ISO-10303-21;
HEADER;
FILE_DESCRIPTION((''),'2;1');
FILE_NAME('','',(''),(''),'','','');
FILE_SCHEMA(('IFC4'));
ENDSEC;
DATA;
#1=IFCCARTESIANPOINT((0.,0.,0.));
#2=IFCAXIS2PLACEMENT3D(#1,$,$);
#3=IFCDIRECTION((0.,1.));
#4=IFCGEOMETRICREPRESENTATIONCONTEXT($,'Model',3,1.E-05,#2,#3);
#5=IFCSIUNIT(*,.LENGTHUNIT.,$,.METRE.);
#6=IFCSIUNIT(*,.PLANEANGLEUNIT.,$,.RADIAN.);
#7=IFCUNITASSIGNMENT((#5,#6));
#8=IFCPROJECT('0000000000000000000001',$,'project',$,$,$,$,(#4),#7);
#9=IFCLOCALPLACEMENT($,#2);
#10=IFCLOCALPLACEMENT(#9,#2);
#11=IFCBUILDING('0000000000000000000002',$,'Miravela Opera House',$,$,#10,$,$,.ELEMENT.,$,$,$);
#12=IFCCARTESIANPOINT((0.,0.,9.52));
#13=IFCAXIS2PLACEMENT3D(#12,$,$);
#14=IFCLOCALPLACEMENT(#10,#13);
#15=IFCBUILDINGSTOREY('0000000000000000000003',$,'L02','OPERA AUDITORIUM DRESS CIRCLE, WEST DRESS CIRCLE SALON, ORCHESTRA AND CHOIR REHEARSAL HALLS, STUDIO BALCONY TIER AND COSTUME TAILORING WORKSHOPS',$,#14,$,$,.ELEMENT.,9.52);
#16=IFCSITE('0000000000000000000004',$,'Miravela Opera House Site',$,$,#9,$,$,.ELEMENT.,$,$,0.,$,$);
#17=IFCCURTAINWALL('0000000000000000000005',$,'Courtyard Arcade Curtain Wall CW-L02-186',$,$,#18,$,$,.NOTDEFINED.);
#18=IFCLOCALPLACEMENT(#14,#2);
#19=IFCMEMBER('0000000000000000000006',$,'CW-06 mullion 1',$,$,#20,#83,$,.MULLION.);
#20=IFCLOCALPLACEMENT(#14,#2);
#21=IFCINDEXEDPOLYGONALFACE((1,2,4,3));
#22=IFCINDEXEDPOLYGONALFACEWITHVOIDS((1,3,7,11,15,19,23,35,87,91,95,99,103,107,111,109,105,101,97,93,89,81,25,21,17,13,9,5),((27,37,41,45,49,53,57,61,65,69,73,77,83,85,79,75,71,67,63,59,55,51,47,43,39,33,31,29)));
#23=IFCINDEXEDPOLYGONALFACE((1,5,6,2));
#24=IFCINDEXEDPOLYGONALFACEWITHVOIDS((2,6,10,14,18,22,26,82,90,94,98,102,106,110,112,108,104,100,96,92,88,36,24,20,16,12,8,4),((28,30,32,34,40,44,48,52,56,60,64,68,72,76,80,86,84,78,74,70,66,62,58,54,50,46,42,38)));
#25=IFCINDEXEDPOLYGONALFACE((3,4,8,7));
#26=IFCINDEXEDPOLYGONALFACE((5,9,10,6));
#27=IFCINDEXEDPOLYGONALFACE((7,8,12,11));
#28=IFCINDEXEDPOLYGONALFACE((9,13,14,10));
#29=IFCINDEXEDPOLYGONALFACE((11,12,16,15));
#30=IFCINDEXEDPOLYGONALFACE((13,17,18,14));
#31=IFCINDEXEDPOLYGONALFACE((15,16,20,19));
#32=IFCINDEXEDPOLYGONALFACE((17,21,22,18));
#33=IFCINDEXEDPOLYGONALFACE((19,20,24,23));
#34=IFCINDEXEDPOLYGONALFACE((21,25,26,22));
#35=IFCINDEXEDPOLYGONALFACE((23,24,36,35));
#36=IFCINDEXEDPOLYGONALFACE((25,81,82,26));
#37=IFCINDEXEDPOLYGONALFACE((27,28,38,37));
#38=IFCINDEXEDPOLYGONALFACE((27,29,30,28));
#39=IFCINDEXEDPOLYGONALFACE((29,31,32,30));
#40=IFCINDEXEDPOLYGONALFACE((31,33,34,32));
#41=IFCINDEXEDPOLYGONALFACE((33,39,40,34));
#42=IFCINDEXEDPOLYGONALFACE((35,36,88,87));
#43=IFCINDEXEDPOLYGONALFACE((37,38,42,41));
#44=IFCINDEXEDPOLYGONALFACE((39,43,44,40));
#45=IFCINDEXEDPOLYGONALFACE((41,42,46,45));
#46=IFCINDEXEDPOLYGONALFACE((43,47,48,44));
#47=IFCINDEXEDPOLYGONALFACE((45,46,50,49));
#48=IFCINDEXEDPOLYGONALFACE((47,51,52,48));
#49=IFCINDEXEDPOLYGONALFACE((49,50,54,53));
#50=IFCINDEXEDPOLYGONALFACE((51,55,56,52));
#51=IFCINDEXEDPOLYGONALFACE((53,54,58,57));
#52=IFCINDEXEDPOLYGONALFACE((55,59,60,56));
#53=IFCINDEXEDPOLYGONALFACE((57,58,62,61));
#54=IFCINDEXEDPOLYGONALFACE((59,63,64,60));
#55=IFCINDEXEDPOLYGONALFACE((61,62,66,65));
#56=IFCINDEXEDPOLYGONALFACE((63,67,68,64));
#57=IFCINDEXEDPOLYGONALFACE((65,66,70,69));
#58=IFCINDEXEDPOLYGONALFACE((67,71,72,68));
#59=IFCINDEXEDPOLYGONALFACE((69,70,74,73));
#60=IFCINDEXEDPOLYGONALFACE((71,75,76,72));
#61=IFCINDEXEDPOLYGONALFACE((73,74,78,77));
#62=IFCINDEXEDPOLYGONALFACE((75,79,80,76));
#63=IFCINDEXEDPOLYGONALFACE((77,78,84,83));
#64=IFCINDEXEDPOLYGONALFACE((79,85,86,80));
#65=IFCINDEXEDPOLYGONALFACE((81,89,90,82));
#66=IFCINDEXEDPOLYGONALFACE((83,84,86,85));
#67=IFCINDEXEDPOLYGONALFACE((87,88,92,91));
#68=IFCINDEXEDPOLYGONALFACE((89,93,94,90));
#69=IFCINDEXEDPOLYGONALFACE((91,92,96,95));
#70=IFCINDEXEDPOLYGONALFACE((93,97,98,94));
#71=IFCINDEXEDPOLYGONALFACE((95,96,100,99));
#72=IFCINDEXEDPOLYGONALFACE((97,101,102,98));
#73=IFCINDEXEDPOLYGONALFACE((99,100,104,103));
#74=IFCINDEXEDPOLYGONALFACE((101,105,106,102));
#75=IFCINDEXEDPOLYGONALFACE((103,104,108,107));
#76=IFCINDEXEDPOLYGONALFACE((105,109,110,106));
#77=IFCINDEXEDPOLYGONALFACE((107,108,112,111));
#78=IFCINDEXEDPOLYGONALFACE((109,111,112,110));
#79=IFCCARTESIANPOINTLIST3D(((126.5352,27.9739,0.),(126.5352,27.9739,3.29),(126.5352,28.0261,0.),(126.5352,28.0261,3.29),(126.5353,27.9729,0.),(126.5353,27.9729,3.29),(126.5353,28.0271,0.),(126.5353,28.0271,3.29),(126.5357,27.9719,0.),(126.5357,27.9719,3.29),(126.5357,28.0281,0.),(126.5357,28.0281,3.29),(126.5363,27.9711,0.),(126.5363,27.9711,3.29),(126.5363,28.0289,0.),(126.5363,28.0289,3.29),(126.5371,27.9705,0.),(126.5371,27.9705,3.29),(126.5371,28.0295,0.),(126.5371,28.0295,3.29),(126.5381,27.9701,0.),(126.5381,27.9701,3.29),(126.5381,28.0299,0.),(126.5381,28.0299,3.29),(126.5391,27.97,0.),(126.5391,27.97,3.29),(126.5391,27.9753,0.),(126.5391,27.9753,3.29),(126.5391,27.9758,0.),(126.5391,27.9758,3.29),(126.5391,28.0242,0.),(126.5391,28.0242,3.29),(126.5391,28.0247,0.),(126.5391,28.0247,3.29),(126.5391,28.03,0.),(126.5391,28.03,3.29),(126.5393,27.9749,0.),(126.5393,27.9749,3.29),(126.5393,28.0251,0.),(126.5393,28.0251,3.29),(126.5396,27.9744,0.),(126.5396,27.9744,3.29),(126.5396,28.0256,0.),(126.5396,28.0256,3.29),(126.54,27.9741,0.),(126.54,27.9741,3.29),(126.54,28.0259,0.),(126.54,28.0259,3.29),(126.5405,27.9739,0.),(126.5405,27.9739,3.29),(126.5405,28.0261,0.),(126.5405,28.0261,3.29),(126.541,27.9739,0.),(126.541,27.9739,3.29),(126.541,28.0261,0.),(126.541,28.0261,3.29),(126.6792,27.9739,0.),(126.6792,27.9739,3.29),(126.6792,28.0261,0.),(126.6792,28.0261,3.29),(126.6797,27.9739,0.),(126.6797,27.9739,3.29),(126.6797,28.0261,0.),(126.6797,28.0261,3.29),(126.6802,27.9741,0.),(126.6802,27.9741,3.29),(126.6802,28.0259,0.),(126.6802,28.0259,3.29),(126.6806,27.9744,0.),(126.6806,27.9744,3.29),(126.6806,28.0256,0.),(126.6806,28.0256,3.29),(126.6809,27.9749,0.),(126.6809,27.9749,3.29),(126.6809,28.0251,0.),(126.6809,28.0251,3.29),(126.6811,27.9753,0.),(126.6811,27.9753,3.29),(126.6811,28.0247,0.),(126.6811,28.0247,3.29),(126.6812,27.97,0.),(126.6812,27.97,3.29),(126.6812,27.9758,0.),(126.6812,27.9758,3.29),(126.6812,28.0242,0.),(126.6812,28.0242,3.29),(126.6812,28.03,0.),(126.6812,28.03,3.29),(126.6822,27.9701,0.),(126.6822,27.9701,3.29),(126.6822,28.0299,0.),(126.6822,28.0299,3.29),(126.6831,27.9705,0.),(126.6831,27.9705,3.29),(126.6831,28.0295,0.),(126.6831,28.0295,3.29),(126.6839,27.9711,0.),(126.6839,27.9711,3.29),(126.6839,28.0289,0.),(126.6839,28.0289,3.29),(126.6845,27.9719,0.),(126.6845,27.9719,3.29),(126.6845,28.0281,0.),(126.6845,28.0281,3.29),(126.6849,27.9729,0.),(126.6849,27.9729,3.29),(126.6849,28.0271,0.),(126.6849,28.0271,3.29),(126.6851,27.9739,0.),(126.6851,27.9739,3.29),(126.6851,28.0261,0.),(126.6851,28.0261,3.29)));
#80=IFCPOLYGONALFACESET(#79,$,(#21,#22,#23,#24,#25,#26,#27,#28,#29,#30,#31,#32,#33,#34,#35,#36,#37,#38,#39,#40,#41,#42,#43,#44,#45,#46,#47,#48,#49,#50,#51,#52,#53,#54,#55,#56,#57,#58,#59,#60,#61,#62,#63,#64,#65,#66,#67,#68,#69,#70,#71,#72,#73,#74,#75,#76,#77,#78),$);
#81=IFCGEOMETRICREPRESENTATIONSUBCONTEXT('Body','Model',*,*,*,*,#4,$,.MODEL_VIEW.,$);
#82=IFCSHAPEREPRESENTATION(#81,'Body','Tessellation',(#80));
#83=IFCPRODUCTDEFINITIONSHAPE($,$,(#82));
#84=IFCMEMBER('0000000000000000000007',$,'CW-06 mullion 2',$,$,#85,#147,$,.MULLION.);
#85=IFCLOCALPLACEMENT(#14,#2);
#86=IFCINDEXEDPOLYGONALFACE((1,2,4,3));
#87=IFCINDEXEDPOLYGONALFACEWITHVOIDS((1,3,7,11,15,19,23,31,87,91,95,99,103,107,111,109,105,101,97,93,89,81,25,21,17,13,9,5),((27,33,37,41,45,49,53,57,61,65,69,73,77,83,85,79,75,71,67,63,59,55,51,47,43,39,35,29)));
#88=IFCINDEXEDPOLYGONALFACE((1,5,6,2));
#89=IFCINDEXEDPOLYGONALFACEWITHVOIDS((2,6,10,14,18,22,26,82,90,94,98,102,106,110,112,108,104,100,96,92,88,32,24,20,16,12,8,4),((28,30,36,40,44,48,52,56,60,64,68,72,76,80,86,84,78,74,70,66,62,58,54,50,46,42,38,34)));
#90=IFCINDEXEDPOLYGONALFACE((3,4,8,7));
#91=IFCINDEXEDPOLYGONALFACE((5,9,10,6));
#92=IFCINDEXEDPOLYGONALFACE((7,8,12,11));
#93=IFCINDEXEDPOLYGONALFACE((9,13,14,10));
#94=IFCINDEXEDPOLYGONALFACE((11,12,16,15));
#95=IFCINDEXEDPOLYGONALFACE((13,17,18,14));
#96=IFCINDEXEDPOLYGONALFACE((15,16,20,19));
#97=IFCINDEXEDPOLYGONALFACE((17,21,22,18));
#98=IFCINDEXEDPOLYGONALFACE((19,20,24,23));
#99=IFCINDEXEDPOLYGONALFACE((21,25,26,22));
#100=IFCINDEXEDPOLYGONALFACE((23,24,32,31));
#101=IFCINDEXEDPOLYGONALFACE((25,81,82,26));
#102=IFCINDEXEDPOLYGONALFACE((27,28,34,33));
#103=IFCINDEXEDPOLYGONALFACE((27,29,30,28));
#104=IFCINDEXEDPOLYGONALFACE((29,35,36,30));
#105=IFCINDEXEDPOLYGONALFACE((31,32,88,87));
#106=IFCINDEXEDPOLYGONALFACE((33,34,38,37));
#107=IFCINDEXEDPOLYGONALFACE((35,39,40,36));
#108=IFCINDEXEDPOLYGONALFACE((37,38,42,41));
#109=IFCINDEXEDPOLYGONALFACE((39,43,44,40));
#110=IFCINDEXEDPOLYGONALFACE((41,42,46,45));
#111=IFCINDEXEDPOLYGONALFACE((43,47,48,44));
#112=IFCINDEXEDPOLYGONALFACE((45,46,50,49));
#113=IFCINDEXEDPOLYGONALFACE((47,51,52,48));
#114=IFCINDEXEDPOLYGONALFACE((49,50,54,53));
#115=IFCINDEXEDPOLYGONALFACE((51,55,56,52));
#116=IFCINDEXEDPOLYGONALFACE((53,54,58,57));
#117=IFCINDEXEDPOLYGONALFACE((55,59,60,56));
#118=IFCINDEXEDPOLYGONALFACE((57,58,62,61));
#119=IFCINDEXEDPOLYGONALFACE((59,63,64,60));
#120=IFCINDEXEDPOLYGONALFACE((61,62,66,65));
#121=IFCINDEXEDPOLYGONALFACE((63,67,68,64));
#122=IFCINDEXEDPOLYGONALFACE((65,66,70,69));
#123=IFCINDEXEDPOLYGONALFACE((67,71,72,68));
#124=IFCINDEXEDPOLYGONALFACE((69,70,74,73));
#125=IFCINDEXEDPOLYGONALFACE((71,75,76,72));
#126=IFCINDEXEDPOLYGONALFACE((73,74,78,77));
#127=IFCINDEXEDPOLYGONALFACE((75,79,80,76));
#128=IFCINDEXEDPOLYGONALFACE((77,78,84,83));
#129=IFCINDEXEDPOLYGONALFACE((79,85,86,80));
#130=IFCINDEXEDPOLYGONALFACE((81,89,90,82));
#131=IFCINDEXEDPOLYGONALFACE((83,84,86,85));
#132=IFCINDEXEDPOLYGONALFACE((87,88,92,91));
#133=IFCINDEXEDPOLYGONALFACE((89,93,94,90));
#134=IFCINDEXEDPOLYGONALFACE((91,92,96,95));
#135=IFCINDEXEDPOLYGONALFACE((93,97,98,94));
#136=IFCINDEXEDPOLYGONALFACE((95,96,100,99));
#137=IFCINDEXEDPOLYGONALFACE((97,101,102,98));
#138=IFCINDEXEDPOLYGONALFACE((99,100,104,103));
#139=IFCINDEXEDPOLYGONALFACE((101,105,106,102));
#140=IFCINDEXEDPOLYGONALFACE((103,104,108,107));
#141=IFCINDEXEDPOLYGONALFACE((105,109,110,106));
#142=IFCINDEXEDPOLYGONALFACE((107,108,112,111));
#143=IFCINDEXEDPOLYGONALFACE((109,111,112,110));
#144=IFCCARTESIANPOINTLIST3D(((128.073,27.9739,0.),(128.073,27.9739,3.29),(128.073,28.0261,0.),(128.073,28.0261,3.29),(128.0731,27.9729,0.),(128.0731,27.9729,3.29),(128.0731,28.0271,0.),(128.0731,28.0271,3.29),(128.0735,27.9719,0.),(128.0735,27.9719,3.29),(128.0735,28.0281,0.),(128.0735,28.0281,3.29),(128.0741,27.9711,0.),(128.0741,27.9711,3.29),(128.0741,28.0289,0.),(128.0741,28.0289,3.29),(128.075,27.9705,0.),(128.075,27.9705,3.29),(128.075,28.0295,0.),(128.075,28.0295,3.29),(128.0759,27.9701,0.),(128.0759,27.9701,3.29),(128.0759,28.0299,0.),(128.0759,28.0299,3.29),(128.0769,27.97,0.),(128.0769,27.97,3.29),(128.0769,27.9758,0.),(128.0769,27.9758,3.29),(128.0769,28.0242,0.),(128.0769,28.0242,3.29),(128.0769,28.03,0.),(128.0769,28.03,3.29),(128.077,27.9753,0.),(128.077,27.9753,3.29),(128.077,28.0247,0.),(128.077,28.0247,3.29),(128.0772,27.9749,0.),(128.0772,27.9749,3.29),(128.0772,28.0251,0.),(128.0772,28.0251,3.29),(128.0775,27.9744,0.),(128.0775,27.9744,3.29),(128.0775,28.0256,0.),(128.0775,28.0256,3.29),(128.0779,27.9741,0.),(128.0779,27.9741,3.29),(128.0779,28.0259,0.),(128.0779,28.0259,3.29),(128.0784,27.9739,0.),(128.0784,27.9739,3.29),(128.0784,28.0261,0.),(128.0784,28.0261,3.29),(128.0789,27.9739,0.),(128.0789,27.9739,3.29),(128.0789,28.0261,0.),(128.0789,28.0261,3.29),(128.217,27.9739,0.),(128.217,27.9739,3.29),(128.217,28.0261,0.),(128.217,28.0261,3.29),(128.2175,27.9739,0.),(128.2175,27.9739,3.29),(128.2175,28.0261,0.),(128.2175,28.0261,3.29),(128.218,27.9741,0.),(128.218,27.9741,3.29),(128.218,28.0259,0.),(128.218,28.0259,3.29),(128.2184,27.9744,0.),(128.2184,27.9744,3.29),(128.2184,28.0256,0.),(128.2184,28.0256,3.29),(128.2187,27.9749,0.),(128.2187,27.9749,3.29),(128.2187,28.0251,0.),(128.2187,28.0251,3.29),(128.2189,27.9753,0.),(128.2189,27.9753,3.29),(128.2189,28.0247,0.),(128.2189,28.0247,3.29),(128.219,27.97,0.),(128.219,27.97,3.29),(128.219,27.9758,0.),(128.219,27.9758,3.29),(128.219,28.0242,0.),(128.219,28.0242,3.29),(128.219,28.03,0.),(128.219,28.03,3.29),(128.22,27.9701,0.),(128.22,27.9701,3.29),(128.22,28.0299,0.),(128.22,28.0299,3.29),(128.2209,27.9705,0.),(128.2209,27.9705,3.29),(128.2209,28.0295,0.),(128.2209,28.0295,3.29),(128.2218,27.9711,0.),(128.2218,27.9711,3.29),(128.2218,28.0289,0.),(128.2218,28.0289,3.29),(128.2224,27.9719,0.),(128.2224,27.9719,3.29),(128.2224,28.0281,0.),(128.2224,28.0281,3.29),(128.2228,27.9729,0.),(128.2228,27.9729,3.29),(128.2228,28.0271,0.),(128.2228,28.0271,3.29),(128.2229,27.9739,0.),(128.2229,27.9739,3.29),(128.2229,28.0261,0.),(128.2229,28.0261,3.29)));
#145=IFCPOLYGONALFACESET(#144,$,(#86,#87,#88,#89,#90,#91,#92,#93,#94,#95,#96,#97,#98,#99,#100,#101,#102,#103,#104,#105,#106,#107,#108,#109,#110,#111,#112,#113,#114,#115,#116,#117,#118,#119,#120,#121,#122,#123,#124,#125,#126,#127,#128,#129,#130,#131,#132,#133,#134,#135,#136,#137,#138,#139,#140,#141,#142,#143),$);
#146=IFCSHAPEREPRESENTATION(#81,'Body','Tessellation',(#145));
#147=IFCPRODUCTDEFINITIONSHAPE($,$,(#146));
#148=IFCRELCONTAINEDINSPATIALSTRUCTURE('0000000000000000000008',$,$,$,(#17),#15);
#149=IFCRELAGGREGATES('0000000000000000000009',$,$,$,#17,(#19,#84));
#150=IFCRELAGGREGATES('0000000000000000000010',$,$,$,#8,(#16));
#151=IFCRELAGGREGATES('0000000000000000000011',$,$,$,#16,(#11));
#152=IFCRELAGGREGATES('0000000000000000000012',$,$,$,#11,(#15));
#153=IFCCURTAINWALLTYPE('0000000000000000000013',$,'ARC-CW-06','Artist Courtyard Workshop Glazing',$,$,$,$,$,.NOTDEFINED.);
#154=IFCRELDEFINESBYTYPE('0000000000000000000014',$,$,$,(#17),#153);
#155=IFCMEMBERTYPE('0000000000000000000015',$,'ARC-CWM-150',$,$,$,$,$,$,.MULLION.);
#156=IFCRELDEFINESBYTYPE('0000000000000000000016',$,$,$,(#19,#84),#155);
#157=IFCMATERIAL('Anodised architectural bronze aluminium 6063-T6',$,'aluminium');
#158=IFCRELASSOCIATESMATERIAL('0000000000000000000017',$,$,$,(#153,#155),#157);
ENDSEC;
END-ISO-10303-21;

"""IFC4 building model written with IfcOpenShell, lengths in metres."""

from ifc_helpers import new_model, si_unit, direction, frame, origin, origin_2d, place, context, subcontext, project, spatial, hollow_rectangle, extrude, material, material_profile, profile_set, type_object, element, aggregate, save


model = new_model("IFC4")

# Units and contexts
model_context = context("Model", 3, precision=1e-05, world=origin(), true_north=direction((0.0, 1.0)))
body_context = subcontext(model_context, "Body", "Model", "MODEL_VIEW")
ifc_project = project(units=[si_unit("LENGTHUNIT", "METRE"), si_unit("PLANEANGLEUNIT", "RADIAN")], contexts=[model_context])

# Site, building, storey
site_placement = place(None, origin())
site = spatial("IfcSite", under=ifc_project, at=site_placement, Name="Miravela Opera House Site", CompositionType="ELEMENT", RefElevation=0.0)
building_placement = place(site_placement, origin())
building = spatial("IfcBuilding", under=site, at=building_placement, Name="Miravela Opera House", CompositionType="ELEMENT")
storey_placement = place(building_placement, frame((0.0, 0.0, 9.52)))
storey = spatial("IfcBuildingStorey", under=building, at=storey_placement, Name="L02", Description="OPERA AUDITORIUM DRESS CIRCLE, WEST DRESS CIRCLE SALON, ORCHESTRA AND CHOIR REHEARSAL HALLS, STUDIO BALCONY TIER AND COSTUME TAILORING WORKSHOPS", CompositionType="ELEMENT", Elevation=9.52)

# Curtain wall, members
ifc_material_1 = material(Name="Anodised architectural bronze aluminium 6063-T6", Category="aluminium")
curtain_wall_type = type_object("IfcCurtainWallType", Name="ARC-CW-06", Description="Artist Courtyard Workshop Glazing", PredefinedType="NOTDEFINED", material=ifc_material_1)
curtain_wall_placement = place(storey_placement, origin())
curtain_wall = element("IfcCurtainWall", 1, at=curtain_wall_placement, inside=storey, type_object=curtain_wall_type, Name="Courtyard Arcade Curtain Wall CW-L02-186", PredefinedType="NOTDEFINED")
ifc_material_profile_1 = material_profile(ifc_material_1, hollow_rectangle(XDim=0.0601, YDim=0.1499, WallThickness=0.0039, InnerFilletRadius=0.002, OuterFilletRadius=0.0039, at=origin_2d()), Name="CWM-60X150")
ifc_profile_set_1 = profile_set([ifc_material_profile_1])
member_type_1 = type_object("IfcMemberType", Name="ARC-CWM-150", PredefinedType="MULLION", material=ifc_profile_set_1)
member_1_placement = place(storey_placement, frame((126.6101, 28.0, 0.0), z_axis=(0.0, 0.0, 1.0), x_axis=(0.0, 1.0, 0.0)))
member_1 = element("IfcMember", 2, at=member_1_placement, type_object=member_type_1, Name="CW-06 mullion 1", PredefinedType="MULLION", context=body_context, shape_type="SweptSolid", body=[
    extrude(hollow_rectangle(XDim=0.0601, YDim=0.1499, WallThickness=0.0039, InnerFilletRadius=0.002, OuterFilletRadius=0.0039, at=origin_2d()), origin(), (0.0, 0.0, 1.0), 3.29),
])
member_2_placement = place(storey_placement, frame((128.1479, 28.0, 0.0), z_axis=(0.0, 0.0, 1.0), x_axis=(0.0, 1.0, 0.0)))
member_2 = element("IfcMember", 3, at=member_2_placement, type_object=member_type_1, Name="CW-06 mullion 2", PredefinedType="MULLION", context=body_context, shape_type="SweptSolid", body=[
    extrude(hollow_rectangle(XDim=0.0601, YDim=0.1499, WallThickness=0.0039, InnerFilletRadius=0.002, OuterFilletRadius=0.0039, at=origin_2d()), origin(), (0.0, 0.0, 1.0), 3.29),
])

aggregate(curtain_wall, [member_1, member_2])

save(model, "model.ifc")
